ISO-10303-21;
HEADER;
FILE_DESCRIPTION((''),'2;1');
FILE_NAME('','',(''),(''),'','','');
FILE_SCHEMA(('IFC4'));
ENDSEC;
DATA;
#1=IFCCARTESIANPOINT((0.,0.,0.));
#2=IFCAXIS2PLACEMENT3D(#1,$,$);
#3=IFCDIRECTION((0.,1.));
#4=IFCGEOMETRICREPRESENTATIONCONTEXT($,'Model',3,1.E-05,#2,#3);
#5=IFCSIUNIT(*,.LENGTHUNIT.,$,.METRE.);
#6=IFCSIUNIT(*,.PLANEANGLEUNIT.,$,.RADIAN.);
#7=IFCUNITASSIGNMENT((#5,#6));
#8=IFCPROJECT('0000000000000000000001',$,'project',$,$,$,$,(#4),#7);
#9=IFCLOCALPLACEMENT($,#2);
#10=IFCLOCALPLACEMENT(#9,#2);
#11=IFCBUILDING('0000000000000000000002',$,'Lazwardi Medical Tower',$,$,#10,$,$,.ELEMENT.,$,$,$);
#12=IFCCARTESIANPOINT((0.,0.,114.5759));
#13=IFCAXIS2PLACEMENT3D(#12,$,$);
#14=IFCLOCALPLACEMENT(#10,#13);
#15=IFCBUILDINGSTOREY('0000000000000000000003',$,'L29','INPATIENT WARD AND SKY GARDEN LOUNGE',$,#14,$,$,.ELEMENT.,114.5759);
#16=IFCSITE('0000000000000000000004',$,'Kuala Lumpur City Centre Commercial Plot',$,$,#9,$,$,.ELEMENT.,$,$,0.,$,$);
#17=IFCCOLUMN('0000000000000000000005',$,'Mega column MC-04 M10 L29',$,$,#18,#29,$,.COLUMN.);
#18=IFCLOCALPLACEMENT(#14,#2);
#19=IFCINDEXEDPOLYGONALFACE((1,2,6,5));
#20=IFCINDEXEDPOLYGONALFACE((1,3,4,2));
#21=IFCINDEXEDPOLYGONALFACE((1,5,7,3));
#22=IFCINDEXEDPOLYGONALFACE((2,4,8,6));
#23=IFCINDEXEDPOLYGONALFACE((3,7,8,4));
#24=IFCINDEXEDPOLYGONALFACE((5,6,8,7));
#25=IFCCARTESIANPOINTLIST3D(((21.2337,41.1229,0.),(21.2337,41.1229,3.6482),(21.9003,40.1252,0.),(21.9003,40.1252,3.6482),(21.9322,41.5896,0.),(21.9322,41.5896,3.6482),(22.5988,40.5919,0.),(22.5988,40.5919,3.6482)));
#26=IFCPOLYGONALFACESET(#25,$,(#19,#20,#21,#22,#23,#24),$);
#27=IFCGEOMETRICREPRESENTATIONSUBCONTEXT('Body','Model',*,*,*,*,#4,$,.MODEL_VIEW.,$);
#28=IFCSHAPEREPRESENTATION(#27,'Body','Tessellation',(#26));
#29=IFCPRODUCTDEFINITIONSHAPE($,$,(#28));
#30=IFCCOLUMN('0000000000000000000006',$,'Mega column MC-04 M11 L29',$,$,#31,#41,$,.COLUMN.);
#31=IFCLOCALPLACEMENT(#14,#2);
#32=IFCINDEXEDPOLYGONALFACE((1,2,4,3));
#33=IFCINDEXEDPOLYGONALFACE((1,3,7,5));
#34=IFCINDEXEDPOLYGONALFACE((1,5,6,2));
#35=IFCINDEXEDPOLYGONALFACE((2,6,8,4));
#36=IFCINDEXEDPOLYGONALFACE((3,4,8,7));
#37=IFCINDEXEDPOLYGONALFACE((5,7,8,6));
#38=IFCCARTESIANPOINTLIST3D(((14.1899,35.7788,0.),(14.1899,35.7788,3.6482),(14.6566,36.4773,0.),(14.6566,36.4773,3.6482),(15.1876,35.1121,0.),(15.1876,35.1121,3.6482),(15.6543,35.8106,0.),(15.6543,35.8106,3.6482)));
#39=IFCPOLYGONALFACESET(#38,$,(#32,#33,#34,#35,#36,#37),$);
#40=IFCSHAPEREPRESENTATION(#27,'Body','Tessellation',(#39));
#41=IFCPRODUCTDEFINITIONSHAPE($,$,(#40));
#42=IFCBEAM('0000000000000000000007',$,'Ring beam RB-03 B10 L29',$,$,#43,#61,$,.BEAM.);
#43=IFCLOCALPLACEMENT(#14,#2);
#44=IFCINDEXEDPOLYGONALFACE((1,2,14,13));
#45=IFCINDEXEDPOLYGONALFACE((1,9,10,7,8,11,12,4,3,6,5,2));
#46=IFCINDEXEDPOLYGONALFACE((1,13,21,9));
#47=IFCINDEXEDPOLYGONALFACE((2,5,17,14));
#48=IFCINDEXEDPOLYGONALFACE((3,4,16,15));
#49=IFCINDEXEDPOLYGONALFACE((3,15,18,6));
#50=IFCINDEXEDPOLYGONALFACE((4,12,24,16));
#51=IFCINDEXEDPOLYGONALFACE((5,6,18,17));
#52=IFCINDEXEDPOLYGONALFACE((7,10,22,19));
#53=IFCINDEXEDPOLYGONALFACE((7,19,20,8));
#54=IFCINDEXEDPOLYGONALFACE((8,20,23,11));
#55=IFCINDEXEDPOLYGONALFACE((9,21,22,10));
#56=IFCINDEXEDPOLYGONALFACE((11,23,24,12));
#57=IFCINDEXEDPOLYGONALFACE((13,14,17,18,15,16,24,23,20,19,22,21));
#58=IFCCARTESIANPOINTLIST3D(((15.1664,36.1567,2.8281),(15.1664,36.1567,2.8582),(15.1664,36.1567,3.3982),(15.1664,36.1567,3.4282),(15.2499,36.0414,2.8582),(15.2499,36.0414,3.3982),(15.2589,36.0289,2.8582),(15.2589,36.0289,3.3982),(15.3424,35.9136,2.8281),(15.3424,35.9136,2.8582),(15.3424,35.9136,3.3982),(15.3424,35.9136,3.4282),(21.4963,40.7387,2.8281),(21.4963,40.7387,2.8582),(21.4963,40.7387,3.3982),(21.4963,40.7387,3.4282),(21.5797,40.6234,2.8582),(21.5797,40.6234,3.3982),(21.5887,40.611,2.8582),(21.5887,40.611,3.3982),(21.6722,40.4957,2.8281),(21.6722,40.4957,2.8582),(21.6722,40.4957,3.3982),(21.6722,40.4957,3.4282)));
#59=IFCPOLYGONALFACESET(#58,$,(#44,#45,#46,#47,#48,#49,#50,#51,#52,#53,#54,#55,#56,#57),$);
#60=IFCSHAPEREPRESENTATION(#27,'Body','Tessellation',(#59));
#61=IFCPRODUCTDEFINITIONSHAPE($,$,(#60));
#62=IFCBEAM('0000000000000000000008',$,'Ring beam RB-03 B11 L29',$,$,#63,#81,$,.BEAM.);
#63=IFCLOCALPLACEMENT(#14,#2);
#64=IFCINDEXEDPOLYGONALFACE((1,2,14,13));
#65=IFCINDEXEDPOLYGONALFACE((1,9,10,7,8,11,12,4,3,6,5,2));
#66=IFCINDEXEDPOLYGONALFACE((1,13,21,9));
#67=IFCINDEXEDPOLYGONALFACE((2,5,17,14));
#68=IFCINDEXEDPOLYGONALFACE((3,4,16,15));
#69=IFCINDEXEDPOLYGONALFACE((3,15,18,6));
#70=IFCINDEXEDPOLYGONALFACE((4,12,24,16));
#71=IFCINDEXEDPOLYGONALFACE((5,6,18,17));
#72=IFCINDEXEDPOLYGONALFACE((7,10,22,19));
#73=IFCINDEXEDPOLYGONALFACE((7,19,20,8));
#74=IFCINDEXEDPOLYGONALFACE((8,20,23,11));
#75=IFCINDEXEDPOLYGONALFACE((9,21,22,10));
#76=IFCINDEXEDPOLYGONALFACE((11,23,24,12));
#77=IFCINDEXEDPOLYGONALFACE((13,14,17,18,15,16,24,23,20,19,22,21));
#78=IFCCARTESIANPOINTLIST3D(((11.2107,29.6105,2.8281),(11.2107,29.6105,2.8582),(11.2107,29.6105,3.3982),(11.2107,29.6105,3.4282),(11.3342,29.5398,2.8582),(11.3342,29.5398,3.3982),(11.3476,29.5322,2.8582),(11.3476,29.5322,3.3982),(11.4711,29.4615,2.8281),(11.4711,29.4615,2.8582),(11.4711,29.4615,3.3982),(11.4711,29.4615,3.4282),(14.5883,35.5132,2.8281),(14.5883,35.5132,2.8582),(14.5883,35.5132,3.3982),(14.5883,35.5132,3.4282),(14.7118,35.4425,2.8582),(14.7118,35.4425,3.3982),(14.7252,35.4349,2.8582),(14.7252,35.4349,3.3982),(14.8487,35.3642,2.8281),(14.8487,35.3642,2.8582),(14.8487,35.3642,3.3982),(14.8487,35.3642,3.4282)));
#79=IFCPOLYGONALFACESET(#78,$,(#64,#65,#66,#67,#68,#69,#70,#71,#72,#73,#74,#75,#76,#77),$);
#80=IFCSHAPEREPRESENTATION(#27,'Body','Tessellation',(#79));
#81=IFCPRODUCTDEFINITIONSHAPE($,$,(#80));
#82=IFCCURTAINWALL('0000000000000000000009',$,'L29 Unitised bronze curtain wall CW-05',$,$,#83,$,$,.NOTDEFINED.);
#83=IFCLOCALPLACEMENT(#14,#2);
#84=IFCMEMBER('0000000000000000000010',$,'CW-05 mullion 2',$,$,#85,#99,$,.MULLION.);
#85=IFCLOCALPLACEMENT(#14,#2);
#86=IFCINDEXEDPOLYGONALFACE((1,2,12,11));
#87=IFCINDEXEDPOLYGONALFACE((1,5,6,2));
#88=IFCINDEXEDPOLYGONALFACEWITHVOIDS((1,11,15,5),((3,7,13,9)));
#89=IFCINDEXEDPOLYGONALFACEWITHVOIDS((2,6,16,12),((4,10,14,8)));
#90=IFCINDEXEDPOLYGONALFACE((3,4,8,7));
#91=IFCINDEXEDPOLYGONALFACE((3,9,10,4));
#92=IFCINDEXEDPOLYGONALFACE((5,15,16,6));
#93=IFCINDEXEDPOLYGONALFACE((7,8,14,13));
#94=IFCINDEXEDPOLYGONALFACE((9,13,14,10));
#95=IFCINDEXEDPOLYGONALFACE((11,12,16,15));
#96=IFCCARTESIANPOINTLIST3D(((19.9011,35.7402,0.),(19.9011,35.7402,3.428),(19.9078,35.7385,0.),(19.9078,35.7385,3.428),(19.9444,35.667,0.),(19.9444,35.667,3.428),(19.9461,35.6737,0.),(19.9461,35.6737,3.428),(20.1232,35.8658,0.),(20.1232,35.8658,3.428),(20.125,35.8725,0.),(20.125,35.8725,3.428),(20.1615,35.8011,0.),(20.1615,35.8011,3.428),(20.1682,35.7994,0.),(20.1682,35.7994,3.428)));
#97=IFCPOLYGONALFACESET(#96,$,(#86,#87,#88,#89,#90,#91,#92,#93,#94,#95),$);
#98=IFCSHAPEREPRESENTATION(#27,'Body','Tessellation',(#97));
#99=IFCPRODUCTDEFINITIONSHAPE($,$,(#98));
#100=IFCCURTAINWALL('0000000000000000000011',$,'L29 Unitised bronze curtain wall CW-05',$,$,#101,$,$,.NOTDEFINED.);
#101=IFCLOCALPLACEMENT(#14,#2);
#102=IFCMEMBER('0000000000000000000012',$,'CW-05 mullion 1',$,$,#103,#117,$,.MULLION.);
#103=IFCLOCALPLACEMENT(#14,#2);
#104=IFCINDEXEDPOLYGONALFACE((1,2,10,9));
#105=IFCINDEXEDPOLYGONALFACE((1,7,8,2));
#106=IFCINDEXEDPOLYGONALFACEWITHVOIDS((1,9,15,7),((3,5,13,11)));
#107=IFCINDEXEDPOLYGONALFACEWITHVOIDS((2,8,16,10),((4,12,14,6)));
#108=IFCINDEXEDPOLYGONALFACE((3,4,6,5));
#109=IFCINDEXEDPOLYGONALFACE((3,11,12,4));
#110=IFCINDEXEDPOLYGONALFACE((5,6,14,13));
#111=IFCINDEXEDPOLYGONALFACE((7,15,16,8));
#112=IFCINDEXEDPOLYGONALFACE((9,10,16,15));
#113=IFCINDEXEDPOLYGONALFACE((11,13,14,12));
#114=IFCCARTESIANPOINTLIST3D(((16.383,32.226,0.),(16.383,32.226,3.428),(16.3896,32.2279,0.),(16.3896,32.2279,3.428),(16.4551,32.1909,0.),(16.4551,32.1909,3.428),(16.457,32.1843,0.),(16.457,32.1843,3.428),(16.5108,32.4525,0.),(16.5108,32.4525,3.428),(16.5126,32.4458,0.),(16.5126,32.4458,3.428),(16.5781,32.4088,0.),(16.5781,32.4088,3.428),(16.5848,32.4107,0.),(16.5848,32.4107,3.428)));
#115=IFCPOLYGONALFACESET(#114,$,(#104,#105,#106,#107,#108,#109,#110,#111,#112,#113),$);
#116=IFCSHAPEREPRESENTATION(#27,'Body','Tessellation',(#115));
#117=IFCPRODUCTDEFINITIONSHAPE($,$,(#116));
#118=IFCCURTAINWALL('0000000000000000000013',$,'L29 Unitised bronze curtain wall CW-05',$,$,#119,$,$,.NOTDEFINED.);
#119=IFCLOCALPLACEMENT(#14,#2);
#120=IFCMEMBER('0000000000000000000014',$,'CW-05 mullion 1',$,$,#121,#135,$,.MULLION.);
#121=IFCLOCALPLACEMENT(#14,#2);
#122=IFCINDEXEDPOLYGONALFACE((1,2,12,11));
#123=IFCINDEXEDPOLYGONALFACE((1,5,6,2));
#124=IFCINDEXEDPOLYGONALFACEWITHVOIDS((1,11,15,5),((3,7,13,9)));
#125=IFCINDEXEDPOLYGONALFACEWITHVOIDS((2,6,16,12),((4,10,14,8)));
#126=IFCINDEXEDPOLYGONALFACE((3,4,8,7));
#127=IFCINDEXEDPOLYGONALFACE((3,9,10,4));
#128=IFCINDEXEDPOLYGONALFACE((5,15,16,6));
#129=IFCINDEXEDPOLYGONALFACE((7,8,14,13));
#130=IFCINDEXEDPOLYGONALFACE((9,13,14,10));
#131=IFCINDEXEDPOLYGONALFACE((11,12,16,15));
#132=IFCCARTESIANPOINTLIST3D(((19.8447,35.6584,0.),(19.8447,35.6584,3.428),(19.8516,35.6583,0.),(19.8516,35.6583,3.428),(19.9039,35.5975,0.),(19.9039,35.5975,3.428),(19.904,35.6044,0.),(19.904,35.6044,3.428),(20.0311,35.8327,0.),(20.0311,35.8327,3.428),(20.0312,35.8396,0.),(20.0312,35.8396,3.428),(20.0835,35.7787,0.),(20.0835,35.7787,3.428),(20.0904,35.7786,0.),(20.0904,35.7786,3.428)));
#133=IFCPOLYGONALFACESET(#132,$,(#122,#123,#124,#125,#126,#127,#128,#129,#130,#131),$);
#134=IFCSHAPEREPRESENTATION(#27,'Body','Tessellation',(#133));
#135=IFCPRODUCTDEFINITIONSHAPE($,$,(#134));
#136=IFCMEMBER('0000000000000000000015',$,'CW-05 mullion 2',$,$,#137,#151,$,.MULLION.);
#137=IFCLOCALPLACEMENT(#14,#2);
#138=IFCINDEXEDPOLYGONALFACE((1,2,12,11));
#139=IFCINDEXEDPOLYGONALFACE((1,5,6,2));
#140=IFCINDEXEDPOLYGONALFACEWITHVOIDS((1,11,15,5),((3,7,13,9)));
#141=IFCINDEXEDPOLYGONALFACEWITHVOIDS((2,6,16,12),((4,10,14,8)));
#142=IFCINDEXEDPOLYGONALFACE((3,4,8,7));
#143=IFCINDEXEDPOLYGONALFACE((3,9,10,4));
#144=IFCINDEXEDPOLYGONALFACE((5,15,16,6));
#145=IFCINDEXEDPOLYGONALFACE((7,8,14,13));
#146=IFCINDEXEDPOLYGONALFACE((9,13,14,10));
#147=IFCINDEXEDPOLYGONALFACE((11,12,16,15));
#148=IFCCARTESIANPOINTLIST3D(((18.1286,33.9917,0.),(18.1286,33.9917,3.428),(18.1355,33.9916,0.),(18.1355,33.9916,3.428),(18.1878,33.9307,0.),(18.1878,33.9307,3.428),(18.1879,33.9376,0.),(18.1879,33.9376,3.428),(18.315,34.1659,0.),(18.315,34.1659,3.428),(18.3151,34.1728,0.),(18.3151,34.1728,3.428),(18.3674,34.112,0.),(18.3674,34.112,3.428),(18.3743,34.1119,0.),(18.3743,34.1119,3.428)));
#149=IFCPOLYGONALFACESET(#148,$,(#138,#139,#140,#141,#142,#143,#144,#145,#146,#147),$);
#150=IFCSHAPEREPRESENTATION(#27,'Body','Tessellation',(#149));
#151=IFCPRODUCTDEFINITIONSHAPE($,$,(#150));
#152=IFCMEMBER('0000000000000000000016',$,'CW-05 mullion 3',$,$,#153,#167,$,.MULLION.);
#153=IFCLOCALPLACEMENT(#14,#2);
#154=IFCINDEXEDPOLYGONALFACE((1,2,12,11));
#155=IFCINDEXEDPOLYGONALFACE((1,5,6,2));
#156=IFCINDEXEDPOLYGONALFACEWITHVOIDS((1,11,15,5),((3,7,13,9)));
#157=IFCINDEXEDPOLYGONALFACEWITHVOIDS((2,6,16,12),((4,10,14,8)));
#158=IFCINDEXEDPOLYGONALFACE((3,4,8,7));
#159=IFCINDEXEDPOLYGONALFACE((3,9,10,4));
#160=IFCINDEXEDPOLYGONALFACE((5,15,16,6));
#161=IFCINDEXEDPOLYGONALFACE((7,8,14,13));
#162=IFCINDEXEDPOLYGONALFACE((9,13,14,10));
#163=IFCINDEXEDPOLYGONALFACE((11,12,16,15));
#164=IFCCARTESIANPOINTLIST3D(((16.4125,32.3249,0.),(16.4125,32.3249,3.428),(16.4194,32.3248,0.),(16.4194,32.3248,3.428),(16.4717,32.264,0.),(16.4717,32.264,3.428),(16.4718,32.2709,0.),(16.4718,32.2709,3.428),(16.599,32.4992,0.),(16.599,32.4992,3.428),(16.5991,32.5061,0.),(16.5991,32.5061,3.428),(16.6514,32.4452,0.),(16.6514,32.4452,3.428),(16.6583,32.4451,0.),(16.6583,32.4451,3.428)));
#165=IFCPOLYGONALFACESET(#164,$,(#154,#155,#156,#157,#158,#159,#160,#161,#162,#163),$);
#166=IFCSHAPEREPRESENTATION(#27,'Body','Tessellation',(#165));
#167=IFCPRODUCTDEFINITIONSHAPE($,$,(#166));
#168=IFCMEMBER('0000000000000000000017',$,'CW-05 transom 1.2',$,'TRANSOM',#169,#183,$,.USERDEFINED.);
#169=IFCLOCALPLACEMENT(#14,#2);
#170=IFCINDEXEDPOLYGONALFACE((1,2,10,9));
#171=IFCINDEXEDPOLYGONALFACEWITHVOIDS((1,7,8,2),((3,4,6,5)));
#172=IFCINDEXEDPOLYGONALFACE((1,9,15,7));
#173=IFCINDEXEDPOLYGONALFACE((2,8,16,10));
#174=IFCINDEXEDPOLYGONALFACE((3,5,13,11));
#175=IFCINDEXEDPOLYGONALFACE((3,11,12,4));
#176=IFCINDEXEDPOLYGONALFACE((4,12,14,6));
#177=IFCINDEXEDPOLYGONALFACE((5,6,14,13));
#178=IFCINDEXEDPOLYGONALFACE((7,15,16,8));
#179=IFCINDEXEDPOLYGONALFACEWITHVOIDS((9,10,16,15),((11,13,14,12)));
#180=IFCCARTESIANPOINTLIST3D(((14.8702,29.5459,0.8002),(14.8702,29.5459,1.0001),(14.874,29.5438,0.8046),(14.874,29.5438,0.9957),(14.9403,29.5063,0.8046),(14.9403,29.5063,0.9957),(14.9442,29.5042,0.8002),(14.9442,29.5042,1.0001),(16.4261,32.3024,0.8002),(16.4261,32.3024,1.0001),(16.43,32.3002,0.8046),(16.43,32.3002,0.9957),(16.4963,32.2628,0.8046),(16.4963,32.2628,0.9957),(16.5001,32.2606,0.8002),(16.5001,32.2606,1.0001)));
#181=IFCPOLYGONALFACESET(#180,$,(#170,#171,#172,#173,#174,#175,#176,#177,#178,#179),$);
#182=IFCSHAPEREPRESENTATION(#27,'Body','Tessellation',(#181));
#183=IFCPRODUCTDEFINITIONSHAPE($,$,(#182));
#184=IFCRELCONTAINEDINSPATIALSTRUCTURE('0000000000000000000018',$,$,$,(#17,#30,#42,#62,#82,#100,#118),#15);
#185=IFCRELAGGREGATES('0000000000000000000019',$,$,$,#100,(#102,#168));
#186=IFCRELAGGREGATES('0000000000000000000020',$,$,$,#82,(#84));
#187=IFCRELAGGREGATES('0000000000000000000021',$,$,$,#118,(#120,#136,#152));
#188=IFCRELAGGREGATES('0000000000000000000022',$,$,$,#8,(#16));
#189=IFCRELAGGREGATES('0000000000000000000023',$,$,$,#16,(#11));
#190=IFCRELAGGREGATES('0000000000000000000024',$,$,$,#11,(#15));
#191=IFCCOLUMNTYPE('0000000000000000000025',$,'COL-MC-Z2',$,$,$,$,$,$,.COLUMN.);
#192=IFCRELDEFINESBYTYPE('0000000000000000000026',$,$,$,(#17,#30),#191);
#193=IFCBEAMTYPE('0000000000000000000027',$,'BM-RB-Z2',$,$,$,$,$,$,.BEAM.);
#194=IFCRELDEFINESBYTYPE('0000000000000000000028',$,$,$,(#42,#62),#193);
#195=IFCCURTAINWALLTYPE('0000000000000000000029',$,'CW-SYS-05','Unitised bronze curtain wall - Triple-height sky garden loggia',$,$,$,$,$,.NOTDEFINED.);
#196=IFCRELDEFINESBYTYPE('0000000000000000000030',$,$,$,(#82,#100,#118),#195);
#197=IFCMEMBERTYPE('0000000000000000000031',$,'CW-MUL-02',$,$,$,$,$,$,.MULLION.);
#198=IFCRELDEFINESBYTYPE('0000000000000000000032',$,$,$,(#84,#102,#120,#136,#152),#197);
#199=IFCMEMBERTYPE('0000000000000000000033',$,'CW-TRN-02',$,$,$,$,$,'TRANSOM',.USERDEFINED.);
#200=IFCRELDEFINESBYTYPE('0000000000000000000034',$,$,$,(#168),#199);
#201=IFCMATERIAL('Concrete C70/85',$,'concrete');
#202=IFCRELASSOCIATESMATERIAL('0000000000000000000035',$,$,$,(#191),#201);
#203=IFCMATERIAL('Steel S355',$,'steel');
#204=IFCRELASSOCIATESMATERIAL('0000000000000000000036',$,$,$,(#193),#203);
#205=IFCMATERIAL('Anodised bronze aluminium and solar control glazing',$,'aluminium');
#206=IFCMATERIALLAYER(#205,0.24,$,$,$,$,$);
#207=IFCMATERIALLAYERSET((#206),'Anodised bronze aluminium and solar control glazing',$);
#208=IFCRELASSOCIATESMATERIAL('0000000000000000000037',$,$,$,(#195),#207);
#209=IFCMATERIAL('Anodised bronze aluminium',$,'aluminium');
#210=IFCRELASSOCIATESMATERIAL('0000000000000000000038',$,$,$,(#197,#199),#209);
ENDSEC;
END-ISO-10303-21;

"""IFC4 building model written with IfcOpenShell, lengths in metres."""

from ifc_helpers import new_model, si_unit, direction, frame, origin, origin_2d, place, context, subcontext, project, spatial, rectangle, hollow_rectangle, i_section, extrude, material, layer, layer_set, material_profile, profile_set, type_object, element, aggregate, save


model = new_model("IFC4")

# Units and contexts
model_context = context("Model", 3, precision=1e-05, world=origin(), true_north=direction((0.0, 1.0)))
body_context = subcontext(model_context, "Body", "Model", "MODEL_VIEW")
ifc_project = project(units=[si_unit("LENGTHUNIT", "METRE"), si_unit("PLANEANGLEUNIT", "RADIAN")], contexts=[model_context])

# Site, building, storey
site_placement = place(None, origin())
site = spatial("IfcSite", under=ifc_project, at=site_placement, Name="Kuala Lumpur City Centre Commercial Plot", CompositionType="ELEMENT", RefElevation=0.0)
building_placement = place(site_placement, origin())
building = spatial("IfcBuilding", under=site, at=building_placement, Name="Lazwardi Medical Tower", CompositionType="ELEMENT")
storey_placement = place(building_placement, frame((0.0, 0.0, 114.5759)))
storey = spatial("IfcBuildingStorey", under=building, at=storey_placement, Name="L29", Description="INPATIENT WARD AND SKY GARDEN LOUNGE", CompositionType="ELEMENT", Elevation=114.5759)

# Columns
ifc_material_1 = material(Name="Concrete C70/85", Category="concrete")
ifc_material_profile_1 = material_profile(ifc_material_1, rectangle(XDim=1.2, YDim=0.8401, at=origin_2d()), Name="CFT-RECT 1200x840")
ifc_profile_set_1 = profile_set([ifc_material_profile_1], Name="Concrete C70/85")
column_type = type_object("IfcColumnType", Name="COL-MC-Z2", PredefinedType="COLUMN", material=ifc_profile_set_1)
for number, where, z_axis, x_axis, name in (
    (1, (21.9163, 40.8574, 0.0), (0.0, 0.0, 1.0), (-0.55557, 0.83147, 0.0), "Mega column MC-04 M10 L29"),
    (2, (14.9221, 35.7947, 0.0), (0.0, 0.0, 1.0), (-0.83147, 0.55557, 0.0), "Mega column MC-04 M11 L29"),
):
    element("IfcColumn", number, at=place(storey_placement, frame(where, z_axis=z_axis, x_axis=x_axis)), inside=storey, type_object=column_type, Name=name, PredefinedType="COLUMN", context=body_context, shape_type="SweptSolid", body=[
        extrude(rectangle(XDim=1.2, YDim=0.8401, at=origin_2d()), origin(), (0.0, 0.0, 1.0), 3.6482),
    ])

# Beams
ifc_material_2 = material(Name="Steel S355", Category="steel")
ifc_material_profile_2 = material_profile(ifc_material_2, i_section(OverallWidth=0.3, OverallDepth=0.6001, WebThickness=0.0154, FlangeThickness=0.03, at=origin_2d()), Name="HEB 600")
ifc_profile_set_2 = profile_set([ifc_material_profile_2], Name="Steel S355")
beam_type = type_object("IfcBeamType", Name="BM-RB-Z2", PredefinedType="BEAM", material=ifc_profile_set_2)
beam_1_placement = place(storey_placement, frame((21.5842, 40.6172, 3.1282), z_axis=(-0.810042, -0.586372, 0.0), x_axis=(0.586372, -0.810042, 0.0)))
element("IfcBeam", 3, at=beam_1_placement, inside=storey, type_object=beam_type, Name="Ring beam RB-03 B10 L29", PredefinedType="BEAM", context=body_context, shape_type="SweptSolid", body=[
    extrude(i_section(OverallWidth=0.3, OverallDepth=0.6001, WebThickness=0.0154, FlangeThickness=0.03, at=origin_2d()), origin(), (0.0, 0.0, 1.0), 7.8142),
])
beam_2_placement = place(storey_placement, frame((14.7185, 35.4387, 3.1282), z_axis=(-0.496653, -0.867949, 0.0), x_axis=(0.867949, -0.496653, 0.0)))
element("IfcBeam", 4, at=beam_2_placement, inside=storey, type_object=beam_type, Name="Ring beam RB-03 B11 L29", PredefinedType="BEAM", context=body_context, shape_type="SweptSolid", body=[
    extrude(i_section(OverallWidth=0.3, OverallDepth=0.6001, WebThickness=0.0154, FlangeThickness=0.03, at=origin_2d()), origin(), (0.0, 0.0, 1.0), 6.8008),
])

# Curtain walls, members
ifc_material_3 = material(Name="Anodised bronze aluminium and solar control glazing", Category="aluminium")
ifc_layer_1 = layer(ifc_material_3, 0.24)
ifc_layer_set_1 = layer_set([ifc_layer_1], Name="Anodised bronze aluminium and solar control glazing")
curtain_wall_type = type_object("IfcCurtainWallType", Name="CW-SYS-05", Description="Unitised bronze curtain wall - Triple-height sky garden loggia", PredefinedType="NOTDEFINED", material=ifc_layer_set_1)
curtain_wall_1_placement = place(storey_placement, origin())
curtain_wall_1 = element("IfcCurtainWall", 5, at=curtain_wall_1_placement, inside=storey, type_object=curtain_wall_type, Name="L29 Unitised bronze curtain wall CW-05", PredefinedType="NOTDEFINED")
ifc_material_4 = material(Name="Anodised bronze aluminium", Category="aluminium")
ifc_material_profile_3 = material_profile(ifc_material_4, hollow_rectangle(XDim=0.085, YDim=0.26, WallThickness=0.0049, at=origin_2d()), Name="ALU-MULLION 260x85x5")
ifc_profile_set_3 = profile_set([ifc_material_profile_3], Name="Anodised bronze aluminium")
member_type_1 = type_object("IfcMemberType", Name="CW-MUL-02", PredefinedType="MULLION", material=ifc_profile_set_3)
member_1_placement = place(storey_placement, frame((20.0347, 35.7698, 0.0), z_axis=(0.0, 0.0, 1.0), x_axis=(0.508918, -0.860815, 0.0)))
member_1 = element("IfcMember", 6, at=member_1_placement, type_object=member_type_1, Name="CW-05 mullion 2", PredefinedType="MULLION", context=body_context, shape_type="SweptSolid", body=[
    extrude(hollow_rectangle(XDim=0.085, YDim=0.26, WallThickness=0.0049, at=origin_2d()), origin(), (0.0, 0.0, 1.0), 3.428),
])
curtain_wall_2_placement = place(storey_placement, origin())
curtain_wall_2 = element("IfcCurtainWall", 7, at=curtain_wall_2_placement, inside=storey, type_object=curtain_wall_type, Name="L29 Unitised bronze curtain wall CW-05", PredefinedType="NOTDEFINED")
member_2_placement = place(storey_placement, frame((16.4839, 32.3184, 0.0), z_axis=(0.0, 0.0, 1.0), x_axis=(0.870846, -0.491556, 0.0)))
member_2 = element("IfcMember", 8, at=member_2_placement, type_object=member_type_1, Name="CW-05 mullion 1", PredefinedType="MULLION", context=body_context, shape_type="SweptSolid", body=[
    extrude(hollow_rectangle(XDim=0.085, YDim=0.26, WallThickness=0.0049, at=origin_2d()), origin(), (0.0, 0.0, 1.0), 3.428),
])

# Curtain wall, members
curtain_wall_3_placement = place(storey_placement, origin())
curtain_wall_3 = element("IfcCurtainWall", 9, at=curtain_wall_3_placement, inside=storey, type_object=curtain_wall_type, Name="L29 Unitised bronze curtain wall CW-05", PredefinedType="NOTDEFINED")
member_3_placement = place(storey_placement, frame((19.9675, 35.7185, 0.0), z_axis=(0.0, 0.0, 1.0), x_axis=(0.696712, -0.717351, 0.0)))
member_3 = element("IfcMember", 10, at=member_3_placement, type_object=member_type_1, Name="CW-05 mullion 1", PredefinedType="MULLION", context=body_context, shape_type="SweptSolid", body=[
    extrude(hollow_rectangle(XDim=0.085, YDim=0.26, WallThickness=0.0049, at=origin_2d()), origin(), (0.0, 0.0, 1.0), 3.428),
])
member_4_placement = place(storey_placement, frame((18.2515, 34.0518, 0.0), z_axis=(0.0, 0.0, 1.0), x_axis=(0.696712, -0.717351, 0.0)))
member_4 = element("IfcMember", 11, at=member_4_placement, type_object=member_type_1, Name="CW-05 mullion 2", PredefinedType="MULLION", context=body_context, shape_type="SweptSolid", body=[
    extrude(hollow_rectangle(XDim=0.085, YDim=0.26, WallThickness=0.0049, at=origin_2d()), origin(), (0.0, 0.0, 1.0), 3.428),
])
member_5_placement = place(storey_placement, frame((16.5354, 32.385, 0.0), z_axis=(0.0, 0.0, 1.0), x_axis=(0.696712, -0.717351, 0.0)))
member_5 = element("IfcMember", 12, at=member_5_placement, type_object=member_type_1, Name="CW-05 mullion 3", PredefinedType="MULLION", context=body_context, shape_type="SweptSolid", body=[
    extrude(hollow_rectangle(XDim=0.085, YDim=0.26, WallThickness=0.0049, at=origin_2d()), origin(), (0.0, 0.0, 1.0), 3.428),
])

# Member
ifc_material_profile_4 = material_profile(ifc_material_4, hollow_rectangle(XDim=0.085, YDim=0.2, WallThickness=0.0044, at=origin_2d()), Name="ALU-TRANSOM 200x85x4.5")
ifc_profile_set_4 = profile_set([ifc_material_profile_4], Name="Anodised bronze aluminium")
member_type_2 = type_object("IfcMemberType", Name="CW-TRN-02", ElementType="TRANSOM", PredefinedType="USERDEFINED", material=ifc_profile_set_4)
member_6_placement = place(storey_placement, frame((16.4631, 32.2815, 0.9001), z_axis=(-0.491572, -0.870837, 0.0), x_axis=(0.870837, -0.491572, 0.0)))
member_6 = element("IfcMember", 13, at=member_6_placement, type_object=member_type_2, Name="CW-05 transom 1.2", ObjectType="TRANSOM", PredefinedType="USERDEFINED", context=body_context, shape_type="SweptSolid", body=[
    extrude(hollow_rectangle(XDim=0.085, YDim=0.2, WallThickness=0.0044, at=origin_2d()), origin(), (0.0, 0.0, 1.0), 3.1653),
])
aggregate(curtain_wall_2, [member_2, member_6])

aggregate(curtain_wall_1, [member_1])
aggregate(curtain_wall_3, [member_3, member_4, member_5])

save(model, "model.ifc")
